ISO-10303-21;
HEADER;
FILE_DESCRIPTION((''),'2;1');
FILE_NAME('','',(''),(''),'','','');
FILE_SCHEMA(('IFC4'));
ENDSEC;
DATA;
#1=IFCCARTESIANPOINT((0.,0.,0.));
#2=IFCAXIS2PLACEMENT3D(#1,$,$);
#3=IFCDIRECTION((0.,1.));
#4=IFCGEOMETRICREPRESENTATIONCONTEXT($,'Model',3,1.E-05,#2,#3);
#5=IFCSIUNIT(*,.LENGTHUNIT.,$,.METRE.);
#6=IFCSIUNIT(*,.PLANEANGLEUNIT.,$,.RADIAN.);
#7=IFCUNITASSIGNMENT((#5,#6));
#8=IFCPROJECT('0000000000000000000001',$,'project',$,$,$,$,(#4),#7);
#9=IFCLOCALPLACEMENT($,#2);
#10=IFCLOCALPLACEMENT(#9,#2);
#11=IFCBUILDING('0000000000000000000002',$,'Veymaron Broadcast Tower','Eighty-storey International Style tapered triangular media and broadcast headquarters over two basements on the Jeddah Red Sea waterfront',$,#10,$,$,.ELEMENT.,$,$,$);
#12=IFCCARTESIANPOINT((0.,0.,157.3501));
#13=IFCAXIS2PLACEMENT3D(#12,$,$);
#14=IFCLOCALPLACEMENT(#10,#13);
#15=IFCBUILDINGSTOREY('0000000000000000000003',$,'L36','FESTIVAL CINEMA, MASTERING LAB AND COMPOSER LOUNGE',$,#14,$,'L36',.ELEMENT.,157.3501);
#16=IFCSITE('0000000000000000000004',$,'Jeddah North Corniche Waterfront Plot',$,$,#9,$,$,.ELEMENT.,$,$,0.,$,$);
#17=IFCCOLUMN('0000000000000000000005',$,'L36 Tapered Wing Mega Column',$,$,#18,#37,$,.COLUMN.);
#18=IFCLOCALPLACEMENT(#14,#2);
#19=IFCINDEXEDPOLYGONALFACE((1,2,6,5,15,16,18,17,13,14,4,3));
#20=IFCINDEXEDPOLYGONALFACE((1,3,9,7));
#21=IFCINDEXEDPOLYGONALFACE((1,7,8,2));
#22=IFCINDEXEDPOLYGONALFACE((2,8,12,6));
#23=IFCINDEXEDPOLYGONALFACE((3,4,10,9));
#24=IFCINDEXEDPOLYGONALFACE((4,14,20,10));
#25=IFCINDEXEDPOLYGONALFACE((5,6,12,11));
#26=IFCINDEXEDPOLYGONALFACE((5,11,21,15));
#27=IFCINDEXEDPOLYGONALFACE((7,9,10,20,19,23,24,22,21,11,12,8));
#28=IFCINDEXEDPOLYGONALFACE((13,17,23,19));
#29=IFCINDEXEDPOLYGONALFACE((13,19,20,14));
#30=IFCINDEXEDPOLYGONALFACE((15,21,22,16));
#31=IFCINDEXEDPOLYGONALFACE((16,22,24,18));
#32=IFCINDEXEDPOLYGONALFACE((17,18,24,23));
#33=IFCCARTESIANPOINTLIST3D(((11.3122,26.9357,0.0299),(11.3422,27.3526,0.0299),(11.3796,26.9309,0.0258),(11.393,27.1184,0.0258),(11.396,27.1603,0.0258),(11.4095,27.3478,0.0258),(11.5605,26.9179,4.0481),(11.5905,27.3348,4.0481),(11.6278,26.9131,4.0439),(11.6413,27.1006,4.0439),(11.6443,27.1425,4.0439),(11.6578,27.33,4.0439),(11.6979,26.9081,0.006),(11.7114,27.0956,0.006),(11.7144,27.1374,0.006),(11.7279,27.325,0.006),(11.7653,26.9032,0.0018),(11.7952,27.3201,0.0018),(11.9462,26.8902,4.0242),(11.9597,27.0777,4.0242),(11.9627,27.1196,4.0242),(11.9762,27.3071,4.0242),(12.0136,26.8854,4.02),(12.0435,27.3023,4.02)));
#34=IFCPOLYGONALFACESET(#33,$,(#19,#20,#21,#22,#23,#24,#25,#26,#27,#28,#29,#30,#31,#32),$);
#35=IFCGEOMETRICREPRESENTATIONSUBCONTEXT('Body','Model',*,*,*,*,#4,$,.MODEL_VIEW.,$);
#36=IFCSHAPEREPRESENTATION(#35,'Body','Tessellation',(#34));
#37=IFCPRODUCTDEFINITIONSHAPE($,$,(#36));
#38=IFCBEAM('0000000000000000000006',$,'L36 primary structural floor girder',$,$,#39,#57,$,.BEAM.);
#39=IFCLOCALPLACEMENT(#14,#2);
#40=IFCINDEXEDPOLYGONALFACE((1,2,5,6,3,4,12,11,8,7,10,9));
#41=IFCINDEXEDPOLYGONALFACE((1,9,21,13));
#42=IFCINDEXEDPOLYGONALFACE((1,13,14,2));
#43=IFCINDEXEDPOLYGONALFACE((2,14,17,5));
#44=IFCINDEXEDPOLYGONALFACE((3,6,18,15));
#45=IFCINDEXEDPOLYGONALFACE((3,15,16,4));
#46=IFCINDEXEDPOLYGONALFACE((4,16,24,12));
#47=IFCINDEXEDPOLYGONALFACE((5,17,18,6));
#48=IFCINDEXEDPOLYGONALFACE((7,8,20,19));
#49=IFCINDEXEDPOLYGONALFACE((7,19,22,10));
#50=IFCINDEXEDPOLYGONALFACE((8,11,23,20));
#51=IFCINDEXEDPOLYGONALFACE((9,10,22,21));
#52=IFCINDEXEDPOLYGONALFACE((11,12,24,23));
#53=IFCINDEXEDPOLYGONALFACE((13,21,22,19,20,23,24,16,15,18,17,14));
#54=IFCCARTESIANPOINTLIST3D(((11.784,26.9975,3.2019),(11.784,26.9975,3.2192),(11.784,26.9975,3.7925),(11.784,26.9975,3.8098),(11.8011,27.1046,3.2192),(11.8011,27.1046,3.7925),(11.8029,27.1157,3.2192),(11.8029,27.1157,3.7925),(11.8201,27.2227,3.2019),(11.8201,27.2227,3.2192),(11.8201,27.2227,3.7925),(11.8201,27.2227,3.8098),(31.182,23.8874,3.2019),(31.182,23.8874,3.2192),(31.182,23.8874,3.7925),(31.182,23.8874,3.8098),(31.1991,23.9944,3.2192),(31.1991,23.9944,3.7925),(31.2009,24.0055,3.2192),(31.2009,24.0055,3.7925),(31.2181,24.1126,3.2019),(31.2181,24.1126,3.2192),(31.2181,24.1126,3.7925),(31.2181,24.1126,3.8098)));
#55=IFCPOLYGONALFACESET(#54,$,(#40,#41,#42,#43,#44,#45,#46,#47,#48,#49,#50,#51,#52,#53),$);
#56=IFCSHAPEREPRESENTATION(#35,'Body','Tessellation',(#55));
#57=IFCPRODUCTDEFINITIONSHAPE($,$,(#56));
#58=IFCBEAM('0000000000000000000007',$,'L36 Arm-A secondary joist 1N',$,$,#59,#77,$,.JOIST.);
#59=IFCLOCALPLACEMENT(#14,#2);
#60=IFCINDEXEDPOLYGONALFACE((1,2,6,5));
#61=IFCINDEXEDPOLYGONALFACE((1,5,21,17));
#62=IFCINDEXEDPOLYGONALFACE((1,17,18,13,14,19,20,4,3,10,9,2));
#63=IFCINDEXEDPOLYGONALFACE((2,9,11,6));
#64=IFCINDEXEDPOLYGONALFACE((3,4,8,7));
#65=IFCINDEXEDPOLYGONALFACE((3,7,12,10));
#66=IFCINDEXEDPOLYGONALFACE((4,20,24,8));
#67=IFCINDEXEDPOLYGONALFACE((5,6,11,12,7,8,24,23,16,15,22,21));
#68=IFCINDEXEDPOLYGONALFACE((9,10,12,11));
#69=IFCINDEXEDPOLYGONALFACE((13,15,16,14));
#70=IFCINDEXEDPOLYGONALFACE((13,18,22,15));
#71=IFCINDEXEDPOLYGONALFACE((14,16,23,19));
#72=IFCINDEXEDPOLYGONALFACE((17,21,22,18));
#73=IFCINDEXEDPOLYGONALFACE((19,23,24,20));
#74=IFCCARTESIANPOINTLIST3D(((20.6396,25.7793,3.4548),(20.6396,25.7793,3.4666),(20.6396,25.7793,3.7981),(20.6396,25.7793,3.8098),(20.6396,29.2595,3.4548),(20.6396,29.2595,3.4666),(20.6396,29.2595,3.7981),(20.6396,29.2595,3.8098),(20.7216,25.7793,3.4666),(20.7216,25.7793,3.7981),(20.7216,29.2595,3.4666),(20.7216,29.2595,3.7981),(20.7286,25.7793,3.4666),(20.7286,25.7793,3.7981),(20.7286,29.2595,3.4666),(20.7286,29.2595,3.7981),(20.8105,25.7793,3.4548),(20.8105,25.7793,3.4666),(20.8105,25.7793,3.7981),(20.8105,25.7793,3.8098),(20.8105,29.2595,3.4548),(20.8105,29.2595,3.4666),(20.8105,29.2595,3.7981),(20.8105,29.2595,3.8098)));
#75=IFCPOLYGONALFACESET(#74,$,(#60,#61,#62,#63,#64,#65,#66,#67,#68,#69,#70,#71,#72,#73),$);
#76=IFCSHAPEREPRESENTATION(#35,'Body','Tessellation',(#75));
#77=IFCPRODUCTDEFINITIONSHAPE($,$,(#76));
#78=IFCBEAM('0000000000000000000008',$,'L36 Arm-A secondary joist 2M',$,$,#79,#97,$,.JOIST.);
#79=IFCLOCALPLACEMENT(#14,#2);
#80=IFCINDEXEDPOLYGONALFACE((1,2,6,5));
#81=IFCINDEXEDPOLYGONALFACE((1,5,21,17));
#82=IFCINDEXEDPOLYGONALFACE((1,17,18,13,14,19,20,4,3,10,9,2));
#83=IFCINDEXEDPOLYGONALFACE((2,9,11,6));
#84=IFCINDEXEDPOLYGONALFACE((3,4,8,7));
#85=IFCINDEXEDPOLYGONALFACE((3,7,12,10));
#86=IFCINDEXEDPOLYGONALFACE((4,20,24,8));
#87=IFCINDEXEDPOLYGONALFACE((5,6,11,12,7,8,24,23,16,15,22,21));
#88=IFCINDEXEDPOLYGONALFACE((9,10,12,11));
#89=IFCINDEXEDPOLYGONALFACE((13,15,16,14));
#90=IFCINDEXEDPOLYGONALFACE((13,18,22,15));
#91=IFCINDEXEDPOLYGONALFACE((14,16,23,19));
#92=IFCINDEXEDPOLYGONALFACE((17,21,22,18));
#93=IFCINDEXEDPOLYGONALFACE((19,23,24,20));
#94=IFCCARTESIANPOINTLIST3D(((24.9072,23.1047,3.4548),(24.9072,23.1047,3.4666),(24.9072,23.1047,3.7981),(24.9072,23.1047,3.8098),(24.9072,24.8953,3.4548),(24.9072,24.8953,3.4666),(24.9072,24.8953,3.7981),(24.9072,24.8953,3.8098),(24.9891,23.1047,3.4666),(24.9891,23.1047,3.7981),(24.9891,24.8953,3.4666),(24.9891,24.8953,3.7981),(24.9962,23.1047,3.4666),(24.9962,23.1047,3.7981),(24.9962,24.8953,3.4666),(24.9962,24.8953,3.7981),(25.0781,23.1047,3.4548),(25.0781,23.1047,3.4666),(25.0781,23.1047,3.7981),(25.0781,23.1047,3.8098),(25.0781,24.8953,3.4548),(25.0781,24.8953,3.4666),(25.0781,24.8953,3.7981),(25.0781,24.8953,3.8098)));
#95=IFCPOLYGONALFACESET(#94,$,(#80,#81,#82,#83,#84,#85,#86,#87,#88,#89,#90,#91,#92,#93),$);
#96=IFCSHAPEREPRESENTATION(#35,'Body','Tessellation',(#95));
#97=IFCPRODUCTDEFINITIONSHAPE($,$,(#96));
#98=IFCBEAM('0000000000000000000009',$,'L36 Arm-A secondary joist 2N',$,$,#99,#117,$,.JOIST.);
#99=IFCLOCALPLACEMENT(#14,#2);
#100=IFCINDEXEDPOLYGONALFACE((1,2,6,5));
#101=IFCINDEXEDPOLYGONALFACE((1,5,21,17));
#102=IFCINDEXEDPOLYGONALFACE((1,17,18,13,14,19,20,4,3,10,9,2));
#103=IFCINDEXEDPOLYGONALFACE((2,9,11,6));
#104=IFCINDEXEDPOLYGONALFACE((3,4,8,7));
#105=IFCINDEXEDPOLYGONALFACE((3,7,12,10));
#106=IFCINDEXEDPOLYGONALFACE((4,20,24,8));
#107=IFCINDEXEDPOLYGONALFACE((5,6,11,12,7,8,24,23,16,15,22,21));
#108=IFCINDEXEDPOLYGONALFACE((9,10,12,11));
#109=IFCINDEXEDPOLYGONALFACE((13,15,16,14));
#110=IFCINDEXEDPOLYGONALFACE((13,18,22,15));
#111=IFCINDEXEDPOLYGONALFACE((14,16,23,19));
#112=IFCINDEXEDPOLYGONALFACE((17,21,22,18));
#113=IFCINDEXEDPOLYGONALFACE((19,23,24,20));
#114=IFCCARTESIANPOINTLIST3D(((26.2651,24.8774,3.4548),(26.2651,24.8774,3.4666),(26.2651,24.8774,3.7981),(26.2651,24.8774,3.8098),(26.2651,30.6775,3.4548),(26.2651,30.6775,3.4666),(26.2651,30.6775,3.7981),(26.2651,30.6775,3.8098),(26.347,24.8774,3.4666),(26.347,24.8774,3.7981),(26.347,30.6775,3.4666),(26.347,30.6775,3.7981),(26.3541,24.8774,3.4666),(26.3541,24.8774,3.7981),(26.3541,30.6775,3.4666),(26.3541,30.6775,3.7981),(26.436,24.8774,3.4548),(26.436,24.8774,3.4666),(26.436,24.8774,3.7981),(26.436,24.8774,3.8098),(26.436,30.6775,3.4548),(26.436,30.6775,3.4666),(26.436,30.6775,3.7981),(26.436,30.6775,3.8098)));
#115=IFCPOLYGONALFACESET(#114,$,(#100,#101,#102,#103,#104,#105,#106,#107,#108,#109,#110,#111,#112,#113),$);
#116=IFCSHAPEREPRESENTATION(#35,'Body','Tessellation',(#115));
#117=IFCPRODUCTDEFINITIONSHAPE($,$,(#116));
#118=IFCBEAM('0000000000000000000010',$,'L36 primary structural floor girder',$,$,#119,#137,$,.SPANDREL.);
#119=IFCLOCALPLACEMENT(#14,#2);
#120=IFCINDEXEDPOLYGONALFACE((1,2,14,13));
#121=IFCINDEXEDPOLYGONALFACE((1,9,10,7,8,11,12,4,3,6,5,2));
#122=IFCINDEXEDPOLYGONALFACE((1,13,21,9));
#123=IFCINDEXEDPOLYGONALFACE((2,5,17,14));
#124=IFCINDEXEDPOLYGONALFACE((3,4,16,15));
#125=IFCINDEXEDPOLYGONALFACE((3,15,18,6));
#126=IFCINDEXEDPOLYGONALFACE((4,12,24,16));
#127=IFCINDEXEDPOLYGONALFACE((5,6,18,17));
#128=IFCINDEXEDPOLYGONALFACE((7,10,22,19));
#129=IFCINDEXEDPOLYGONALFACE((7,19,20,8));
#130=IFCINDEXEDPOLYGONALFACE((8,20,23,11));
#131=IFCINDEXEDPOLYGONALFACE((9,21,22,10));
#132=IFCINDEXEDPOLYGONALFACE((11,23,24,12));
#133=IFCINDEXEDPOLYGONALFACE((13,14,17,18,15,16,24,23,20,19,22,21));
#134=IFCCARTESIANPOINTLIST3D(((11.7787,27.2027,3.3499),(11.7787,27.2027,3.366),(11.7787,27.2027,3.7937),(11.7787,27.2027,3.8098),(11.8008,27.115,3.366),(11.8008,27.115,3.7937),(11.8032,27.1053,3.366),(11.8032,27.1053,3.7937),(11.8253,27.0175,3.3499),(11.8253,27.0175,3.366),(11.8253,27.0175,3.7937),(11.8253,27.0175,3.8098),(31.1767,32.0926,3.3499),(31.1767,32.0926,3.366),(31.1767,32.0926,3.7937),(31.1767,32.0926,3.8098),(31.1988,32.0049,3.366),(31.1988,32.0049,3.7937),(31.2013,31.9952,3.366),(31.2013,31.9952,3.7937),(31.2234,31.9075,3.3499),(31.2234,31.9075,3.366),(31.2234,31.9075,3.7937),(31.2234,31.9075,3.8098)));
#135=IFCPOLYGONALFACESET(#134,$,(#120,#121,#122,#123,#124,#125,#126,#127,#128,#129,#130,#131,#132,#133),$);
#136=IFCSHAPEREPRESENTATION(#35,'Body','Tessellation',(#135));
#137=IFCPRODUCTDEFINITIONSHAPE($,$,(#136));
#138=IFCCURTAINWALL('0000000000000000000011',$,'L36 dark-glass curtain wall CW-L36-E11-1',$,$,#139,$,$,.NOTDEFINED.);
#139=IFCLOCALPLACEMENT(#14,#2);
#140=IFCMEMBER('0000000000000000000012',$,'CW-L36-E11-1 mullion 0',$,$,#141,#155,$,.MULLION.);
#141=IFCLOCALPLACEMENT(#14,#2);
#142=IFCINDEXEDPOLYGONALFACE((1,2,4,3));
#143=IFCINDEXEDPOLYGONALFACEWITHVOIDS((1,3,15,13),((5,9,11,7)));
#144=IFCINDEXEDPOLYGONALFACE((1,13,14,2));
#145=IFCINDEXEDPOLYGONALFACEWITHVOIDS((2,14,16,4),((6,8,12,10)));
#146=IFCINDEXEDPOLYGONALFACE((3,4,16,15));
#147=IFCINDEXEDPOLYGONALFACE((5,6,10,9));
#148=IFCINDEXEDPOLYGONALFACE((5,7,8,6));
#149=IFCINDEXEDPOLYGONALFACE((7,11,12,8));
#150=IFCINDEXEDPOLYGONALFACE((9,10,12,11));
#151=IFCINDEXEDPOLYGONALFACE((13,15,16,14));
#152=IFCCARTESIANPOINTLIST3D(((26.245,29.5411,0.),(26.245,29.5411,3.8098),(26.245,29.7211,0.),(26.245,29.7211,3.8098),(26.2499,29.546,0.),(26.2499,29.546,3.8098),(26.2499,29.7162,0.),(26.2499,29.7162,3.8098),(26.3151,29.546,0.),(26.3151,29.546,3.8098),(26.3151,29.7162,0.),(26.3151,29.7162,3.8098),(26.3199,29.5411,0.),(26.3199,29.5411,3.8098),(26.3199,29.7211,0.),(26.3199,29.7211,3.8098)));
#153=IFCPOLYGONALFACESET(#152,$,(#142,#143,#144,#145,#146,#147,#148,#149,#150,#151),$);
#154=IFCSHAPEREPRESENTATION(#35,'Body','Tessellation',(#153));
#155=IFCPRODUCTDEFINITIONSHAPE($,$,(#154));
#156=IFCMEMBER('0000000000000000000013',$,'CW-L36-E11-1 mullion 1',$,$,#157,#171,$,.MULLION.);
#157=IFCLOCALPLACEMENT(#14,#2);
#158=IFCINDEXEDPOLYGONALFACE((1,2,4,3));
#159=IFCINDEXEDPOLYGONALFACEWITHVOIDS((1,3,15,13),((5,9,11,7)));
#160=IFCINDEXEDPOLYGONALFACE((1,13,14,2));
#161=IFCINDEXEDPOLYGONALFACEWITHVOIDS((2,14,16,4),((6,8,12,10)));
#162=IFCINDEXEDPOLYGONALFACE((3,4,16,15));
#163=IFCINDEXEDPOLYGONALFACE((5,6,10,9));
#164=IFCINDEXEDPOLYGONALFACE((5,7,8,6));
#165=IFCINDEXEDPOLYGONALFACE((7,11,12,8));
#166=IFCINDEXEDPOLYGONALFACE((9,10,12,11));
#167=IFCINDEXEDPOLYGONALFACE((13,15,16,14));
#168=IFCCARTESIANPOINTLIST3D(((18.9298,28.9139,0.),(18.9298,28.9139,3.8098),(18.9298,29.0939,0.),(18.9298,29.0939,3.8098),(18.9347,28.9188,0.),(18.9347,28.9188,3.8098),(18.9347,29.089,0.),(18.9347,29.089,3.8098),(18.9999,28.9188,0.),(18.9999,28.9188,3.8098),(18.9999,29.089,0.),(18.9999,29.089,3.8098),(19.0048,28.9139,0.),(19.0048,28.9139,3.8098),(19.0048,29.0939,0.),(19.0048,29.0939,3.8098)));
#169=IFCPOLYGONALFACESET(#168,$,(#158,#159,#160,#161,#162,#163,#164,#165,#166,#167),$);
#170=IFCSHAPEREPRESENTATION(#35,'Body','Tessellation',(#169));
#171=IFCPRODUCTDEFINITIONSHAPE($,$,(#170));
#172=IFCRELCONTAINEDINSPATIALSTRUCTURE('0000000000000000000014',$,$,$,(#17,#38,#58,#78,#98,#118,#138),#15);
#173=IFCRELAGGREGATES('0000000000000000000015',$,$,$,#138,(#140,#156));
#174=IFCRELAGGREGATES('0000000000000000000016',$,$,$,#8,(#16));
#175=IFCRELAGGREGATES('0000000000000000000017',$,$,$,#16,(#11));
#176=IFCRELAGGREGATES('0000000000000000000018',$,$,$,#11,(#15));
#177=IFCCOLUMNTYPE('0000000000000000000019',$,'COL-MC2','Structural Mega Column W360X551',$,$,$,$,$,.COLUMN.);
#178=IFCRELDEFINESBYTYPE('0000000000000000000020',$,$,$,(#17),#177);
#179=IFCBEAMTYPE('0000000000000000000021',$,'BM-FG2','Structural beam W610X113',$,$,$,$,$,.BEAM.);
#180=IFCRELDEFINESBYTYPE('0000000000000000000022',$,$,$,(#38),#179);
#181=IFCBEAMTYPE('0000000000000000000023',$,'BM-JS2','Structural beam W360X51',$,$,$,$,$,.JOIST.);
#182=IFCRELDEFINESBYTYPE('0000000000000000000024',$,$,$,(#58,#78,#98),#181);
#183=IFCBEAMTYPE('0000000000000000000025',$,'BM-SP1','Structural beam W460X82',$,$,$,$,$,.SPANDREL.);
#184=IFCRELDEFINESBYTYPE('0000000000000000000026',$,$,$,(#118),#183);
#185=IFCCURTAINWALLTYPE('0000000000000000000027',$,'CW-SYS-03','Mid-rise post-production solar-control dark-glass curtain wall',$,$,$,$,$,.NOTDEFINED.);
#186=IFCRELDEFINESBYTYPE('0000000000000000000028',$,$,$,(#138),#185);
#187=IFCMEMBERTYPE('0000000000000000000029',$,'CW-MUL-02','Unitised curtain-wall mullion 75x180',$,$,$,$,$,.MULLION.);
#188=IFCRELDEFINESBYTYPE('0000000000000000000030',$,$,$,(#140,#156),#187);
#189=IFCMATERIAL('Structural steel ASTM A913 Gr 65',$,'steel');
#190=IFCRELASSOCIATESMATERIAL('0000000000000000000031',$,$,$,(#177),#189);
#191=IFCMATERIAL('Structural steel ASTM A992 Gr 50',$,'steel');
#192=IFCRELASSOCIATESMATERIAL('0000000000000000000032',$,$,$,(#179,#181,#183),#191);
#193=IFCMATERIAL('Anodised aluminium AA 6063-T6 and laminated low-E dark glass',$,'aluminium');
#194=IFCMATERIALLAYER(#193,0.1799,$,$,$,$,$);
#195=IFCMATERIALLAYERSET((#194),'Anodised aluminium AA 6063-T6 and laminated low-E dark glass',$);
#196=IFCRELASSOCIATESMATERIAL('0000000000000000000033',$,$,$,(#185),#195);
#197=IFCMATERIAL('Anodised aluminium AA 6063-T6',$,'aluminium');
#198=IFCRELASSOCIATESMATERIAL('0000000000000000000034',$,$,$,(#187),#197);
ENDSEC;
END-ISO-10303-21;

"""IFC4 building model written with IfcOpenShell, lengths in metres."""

from ifc_helpers import new_model, si_unit, direction, frame, origin, origin_2d, place, context, subcontext, project, spatial, hollow_rectangle, i_section, extrude, material, layer, layer_set, material_profile, profile_set, type_object, element, aggregate, save


model = new_model("IFC4")

# Units and contexts
model_context = context("Model", 3, precision=1e-05, world=origin(), true_north=direction((0.0, 1.0)))
body_context = subcontext(model_context, "Body", "Model", "MODEL_VIEW")
ifc_project = project(units=[si_unit("LENGTHUNIT", "METRE"), si_unit("PLANEANGLEUNIT", "RADIAN")], contexts=[model_context])

# Site, building, storey
site_placement = place(None, origin())
site = spatial("IfcSite", under=ifc_project, at=site_placement, Name="Jeddah North Corniche Waterfront Plot", CompositionType="ELEMENT", RefElevation=0.0)
building_placement = place(site_placement, origin())
building = spatial("IfcBuilding", under=site, at=building_placement, Name="Veymaron Broadcast Tower", Description="Eighty-storey International Style tapered triangular media and broadcast headquarters over two basements on the Jeddah Red Sea waterfront", CompositionType="ELEMENT")
storey_placement = place(building_placement, frame((0.0, 0.0, 157.3501)))
storey = spatial("IfcBuildingStorey", under=building, at=storey_placement, Name="L36", Description="FESTIVAL CINEMA, MASTERING LAB AND COMPOSER LOUNGE", LongName="L36", CompositionType="ELEMENT", Elevation=157.3501)

# Column
ifc_material_1 = material(Name="Structural steel ASTM A913 Gr 65", Category="steel")
ifc_material_profile_1 = material_profile(ifc_material_1, i_section(OverallWidth=0.418, OverallDepth=0.4551, WebThickness=0.042, FlangeThickness=0.0676, at=origin_2d()), Name="W360X551")
ifc_profile_set_1 = profile_set([ifc_material_profile_1], Name="Structural steel ASTM A913 Gr 65")
column_type = type_object("IfcColumnType", Name="COL-MC2", Description="Structural Mega Column W360X551", PredefinedType="COLUMN", material=ifc_profile_set_1)
column_placement = place(storey_placement, frame((11.5537, 27.1279, 0.0159), z_axis=(0.061675, -0.004427, 0.998086), x_axis=(0.071596, 0.997434, 0.0)))
element("IfcColumn", 1, at=column_placement, inside=storey, type_object=column_type, Name="L36 Tapered Wing Mega Column", PredefinedType="COLUMN", context=body_context, shape_type="SweptSolid", body=[
    extrude(i_section(OverallWidth=0.418, OverallDepth=0.4551, WebThickness=0.042, FlangeThickness=0.0676, at=origin_2d()), origin(), (0.0, 0.0, 1.0), 4.0259),
])

# Beams
ifc_material_2 = material(Name="Structural steel ASTM A992 Gr 50", Category="steel")
ifc_material_profile_2 = material_profile(ifc_material_2, i_section(OverallWidth=0.228, OverallDepth=0.6079, WebThickness=0.0112, FlangeThickness=0.0173, at=origin_2d()), Name="W610X113")
ifc_profile_set_2 = profile_set([ifc_material_profile_2], Name="Structural steel ASTM A992 Gr 50")
beam_type_1 = type_object("IfcBeamType", Name="BM-FG2", Description="Structural beam W610X113", PredefinedType="BEAM", material=ifc_profile_set_2)
beam_1_placement = place(storey_placement, frame((11.802, 27.1101, 3.5059), z_axis=(0.987389, -0.15831, 0.0), x_axis=(0.15831, 0.987389, 0.0)))
element("IfcBeam", 2, at=beam_1_placement, inside=storey, type_object=beam_type_1, Name="L36 primary structural floor girder", PredefinedType="BEAM", context=body_context, shape_type="SweptSolid", body=[
    extrude(i_section(OverallWidth=0.228, OverallDepth=0.6079, WebThickness=0.0112, FlangeThickness=0.0173, at=origin_2d()), origin(), (0.0, 0.0, 1.0), 19.6458),
])
ifc_material_profile_3 = material_profile(ifc_material_2, i_section(OverallWidth=0.1709, OverallDepth=0.355, WebThickness=0.0071, FlangeThickness=0.0117, at=origin_2d()), Name="W360X51")
ifc_profile_set_3 = profile_set([ifc_material_profile_3], Name="Structural steel ASTM A992 Gr 50")
beam_type_2 = type_object("IfcBeamType", Name="BM-JS2", Description="Structural beam W360X51", PredefinedType="JOIST", material=ifc_profile_set_3)
beam_2_placement = place(storey_placement, frame((20.7251, 25.7793, 3.6323), z_axis=(0.0, 1.0, 0.0), x_axis=(-1.0, 0.0, 0.0)))
element("IfcBeam", 3, at=beam_2_placement, inside=storey, type_object=beam_type_2, Name="L36 Arm-A secondary joist 1N", PredefinedType="JOIST", context=body_context, shape_type="SweptSolid", body=[
    extrude(i_section(OverallWidth=0.1709, OverallDepth=0.355, WebThickness=0.0071, FlangeThickness=0.0117, at=origin_2d()), origin(), (0.0, 0.0, 1.0), 3.4802),
])
beam_3_placement = place(storey_placement, frame((24.9927, 23.1047, 3.6323), z_axis=(0.0, 1.0, 0.0), x_axis=(-1.0, 0.0, 0.0)))
element("IfcBeam", 4, at=beam_3_placement, inside=storey, type_object=beam_type_2, Name="L36 Arm-A secondary joist 2M", PredefinedType="JOIST", context=body_context, shape_type="SweptSolid", body=[
    extrude(i_section(OverallWidth=0.1709, OverallDepth=0.355, WebThickness=0.0071, FlangeThickness=0.0117, at=origin_2d()), origin(), (0.0, 0.0, 1.0), 1.7905),
])
beam_4_placement = place(storey_placement, frame((26.3506, 24.8774, 3.6323), z_axis=(0.0, 1.0, 0.0), x_axis=(-1.0, 0.0, 0.0)))
element("IfcBeam", 5, at=beam_4_placement, inside=storey, type_object=beam_type_2, Name="L36 Arm-A secondary joist 2N", PredefinedType="JOIST", context=body_context, shape_type="SweptSolid", body=[
    extrude(i_section(OverallWidth=0.1709, OverallDepth=0.355, WebThickness=0.0071, FlangeThickness=0.0117, at=origin_2d()), origin(), (0.0, 0.0, 1.0), 5.8),
])
ifc_material_profile_4 = material_profile(ifc_material_2, i_section(OverallWidth=0.1909, OverallDepth=0.46, WebThickness=0.01, FlangeThickness=0.0161, at=origin_2d()), Name="W460X82")
ifc_profile_set_4 = profile_set([ifc_material_profile_4], Name="Structural steel ASTM A992 Gr 50")
beam_type_3 = type_object("IfcBeamType", Name="BM-SP1", Description="Structural beam W460X82", PredefinedType="SPANDREL", material=ifc_profile_set_4)
beam_5_placement = place(storey_placement, frame((11.802, 27.1101, 3.5798), z_axis=(0.969665, 0.244436, 0.0), x_axis=(-0.244436, 0.969665, 0.0)))
element("IfcBeam", 6, at=beam_5_placement, inside=storey, type_object=beam_type_3, Name="L36 primary structural floor girder", PredefinedType="SPANDREL", context=body_context, shape_type="SweptSolid", body=[
    extrude(i_section(OverallWidth=0.1909, OverallDepth=0.46, WebThickness=0.01, FlangeThickness=0.0161, at=origin_2d()), origin(), (0.0, 0.0, 1.0), 20.0049),
])

# Curtain wall, members
ifc_material_3 = material(Name="Anodised aluminium AA 6063-T6 and laminated low-E dark glass", Category="aluminium")
ifc_layer_1 = layer(ifc_material_3, 0.1799)
ifc_layer_set_1 = layer_set([ifc_layer_1], Name="Anodised aluminium AA 6063-T6 and laminated low-E dark glass")
curtain_wall_type = type_object("IfcCurtainWallType", Name="CW-SYS-03", Description="Mid-rise post-production solar-control dark-glass curtain wall", PredefinedType="NOTDEFINED", material=ifc_layer_set_1)
curtain_wall_placement = place(storey_placement, origin())
curtain_wall = element("IfcCurtainWall", 7, at=curtain_wall_placement, inside=storey, type_object=curtain_wall_type, Name="L36 dark-glass curtain wall CW-L36-E11-1", PredefinedType="NOTDEFINED")
ifc_material_4 = material(Name="Anodised aluminium AA 6063-T6", Category="aluminium")
ifc_material_profile_5 = material_profile(ifc_material_4, hollow_rectangle(XDim=0.075, YDim=0.1799, WallThickness=0.0049, at=origin_2d()), Name="AL180X75X5")
ifc_profile_set_5 = profile_set([ifc_material_profile_5], Name="Anodised aluminium AA 6063-T6")
member_type_1 = type_object("IfcMemberType", Name="CW-MUL-02", Description="Unitised curtain-wall mullion 75x180", PredefinedType="MULLION", material=ifc_profile_set_5)
member_1_placement = place(storey_placement, frame((26.2825, 29.6311, 0.0), z_axis=(0.0, 0.0, 1.0), x_axis=(1.0, 0.0, 0.0)))
member_1 = element("IfcMember", 8, at=member_1_placement, type_object=member_type_1, Name="CW-L36-E11-1 mullion 0", PredefinedType="MULLION", context=body_context, shape_type="SweptSolid", body=[
    extrude(hollow_rectangle(XDim=0.075, YDim=0.1799, WallThickness=0.0049, at=origin_2d()), origin(), (0.0, 0.0, 1.0), 3.8098),
])
member_2_placement = place(storey_placement, frame((18.9673, 29.0039, 0.0), z_axis=(0.0, 0.0, 1.0), x_axis=(1.0, 0.0, 0.0)))
member_2 = element("IfcMember", 9, at=member_2_placement, type_object=member_type_1, Name="CW-L36-E11-1 mullion 1", PredefinedType="MULLION", context=body_context, shape_type="SweptSolid", body=[
    extrude(hollow_rectangle(XDim=0.075, YDim=0.1799, WallThickness=0.0049, at=origin_2d()), origin(), (0.0, 0.0, 1.0), 3.8098),
])
aggregate(curtain_wall, [member_1, member_2])

save(model, "model.ifc")
